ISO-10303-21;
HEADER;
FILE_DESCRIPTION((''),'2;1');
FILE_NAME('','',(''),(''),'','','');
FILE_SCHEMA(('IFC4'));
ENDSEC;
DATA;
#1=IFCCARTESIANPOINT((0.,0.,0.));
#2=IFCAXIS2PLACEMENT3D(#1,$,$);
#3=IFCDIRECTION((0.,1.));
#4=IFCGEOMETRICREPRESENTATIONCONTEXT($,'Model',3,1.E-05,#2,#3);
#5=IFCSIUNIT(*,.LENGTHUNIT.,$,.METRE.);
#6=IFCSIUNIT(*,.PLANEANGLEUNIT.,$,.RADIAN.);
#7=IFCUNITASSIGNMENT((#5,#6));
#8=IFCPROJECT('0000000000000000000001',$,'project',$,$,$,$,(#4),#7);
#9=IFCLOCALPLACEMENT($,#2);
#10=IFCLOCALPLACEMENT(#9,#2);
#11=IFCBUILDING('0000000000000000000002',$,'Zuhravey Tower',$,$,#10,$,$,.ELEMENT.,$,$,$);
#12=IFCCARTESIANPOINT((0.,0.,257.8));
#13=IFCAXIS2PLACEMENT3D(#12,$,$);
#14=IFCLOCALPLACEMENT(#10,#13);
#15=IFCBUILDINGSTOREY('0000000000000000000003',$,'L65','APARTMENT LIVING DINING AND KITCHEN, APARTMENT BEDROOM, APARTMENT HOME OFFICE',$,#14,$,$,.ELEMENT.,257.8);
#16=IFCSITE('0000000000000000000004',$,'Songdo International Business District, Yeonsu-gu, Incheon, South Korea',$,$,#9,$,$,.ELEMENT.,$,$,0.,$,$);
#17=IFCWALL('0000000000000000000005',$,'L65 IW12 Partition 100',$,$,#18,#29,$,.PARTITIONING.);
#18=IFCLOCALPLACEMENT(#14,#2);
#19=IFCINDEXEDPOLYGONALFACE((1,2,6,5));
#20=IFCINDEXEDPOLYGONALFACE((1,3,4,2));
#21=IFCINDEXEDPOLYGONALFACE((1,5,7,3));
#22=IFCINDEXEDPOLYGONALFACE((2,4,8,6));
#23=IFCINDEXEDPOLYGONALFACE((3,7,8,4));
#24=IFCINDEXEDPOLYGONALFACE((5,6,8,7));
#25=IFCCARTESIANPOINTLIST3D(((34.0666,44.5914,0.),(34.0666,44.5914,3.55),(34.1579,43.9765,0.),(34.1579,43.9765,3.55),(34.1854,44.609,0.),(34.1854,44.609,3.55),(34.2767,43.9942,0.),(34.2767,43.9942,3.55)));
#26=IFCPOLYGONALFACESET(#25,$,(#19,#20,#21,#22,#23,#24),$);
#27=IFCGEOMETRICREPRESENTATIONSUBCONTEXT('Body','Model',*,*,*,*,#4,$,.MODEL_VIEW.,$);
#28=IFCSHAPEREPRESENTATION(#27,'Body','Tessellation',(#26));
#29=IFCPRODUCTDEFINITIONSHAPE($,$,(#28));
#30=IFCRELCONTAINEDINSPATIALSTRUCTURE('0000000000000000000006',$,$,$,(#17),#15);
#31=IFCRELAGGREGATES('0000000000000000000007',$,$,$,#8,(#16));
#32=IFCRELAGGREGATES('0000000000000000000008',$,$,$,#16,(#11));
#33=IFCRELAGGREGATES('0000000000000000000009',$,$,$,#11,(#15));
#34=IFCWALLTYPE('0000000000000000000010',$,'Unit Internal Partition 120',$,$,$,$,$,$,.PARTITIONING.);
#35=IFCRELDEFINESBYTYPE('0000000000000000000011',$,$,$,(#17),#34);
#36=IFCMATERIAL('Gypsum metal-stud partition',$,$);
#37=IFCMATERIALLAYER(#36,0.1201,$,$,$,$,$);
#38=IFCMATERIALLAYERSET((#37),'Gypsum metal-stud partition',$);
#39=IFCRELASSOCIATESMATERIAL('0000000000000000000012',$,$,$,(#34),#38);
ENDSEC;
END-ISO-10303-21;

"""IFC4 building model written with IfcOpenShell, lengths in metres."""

from ifc_helpers import new_model, si_unit, direction, frame, frame_2d, origin, place, context, subcontext, project, spatial, rectangle, extrude, material, layer, layer_set, type_object, element, save


model = new_model("IFC4")

# Units and contexts
model_context = context("Model", 3, precision=1e-05, world=origin(), true_north=direction((0.0, 1.0)))
body_context = subcontext(model_context, "Body", "Model", "MODEL_VIEW")
ifc_project = project(units=[si_unit("LENGTHUNIT", "METRE"), si_unit("PLANEANGLEUNIT", "RADIAN")], contexts=[model_context])

# Site, building, storey
site_placement = place(None, origin())
site = spatial("IfcSite", under=ifc_project, at=site_placement, Name="Songdo International Business District, Yeonsu-gu, Incheon, South Korea", CompositionType="ELEMENT", RefElevation=0.0)
building_placement = place(site_placement, origin())
building = spatial("IfcBuilding", under=site, at=building_placement, Name="Zuhravey Tower", CompositionType="ELEMENT")
storey_placement = place(building_placement, frame((0.0, 0.0, 257.8)))
storey = spatial("IfcBuildingStorey", under=building, at=storey_placement, Name="L65", Description="APARTMENT LIVING DINING AND KITCHEN, APARTMENT BEDROOM, APARTMENT HOME OFFICE", CompositionType="ELEMENT", Elevation=257.8)

# Wall
ifc_material_1 = material(Name="Gypsum metal-stud partition")
ifc_layer_1 = layer(ifc_material_1, 0.1201)
ifc_layer_set_1 = layer_set([ifc_layer_1], Name="Gypsum metal-stud partition")
wall_type_1 = type_object("IfcWallType", Name="Unit Internal Partition 120", PredefinedType="PARTITIONING", material=ifc_layer_set_1)
wall_1_placement = place(storey_placement, frame((34.2173, 43.9854, 0.0), z_axis=(0.0, 0.0, 1.0), x_axis=(-0.146919, 0.989149, 0.0)))
element("IfcWall", 1, at=wall_1_placement, inside=storey, type_object=wall_type_1, Name="L65 IW12 Partition 100", PredefinedType="PARTITIONING", context=body_context, shape_type="SweptSolid", body=[
    extrude(rectangle(XDim=0.6216, YDim=0.1201, at=frame_2d((0.3108, 0.0))), origin(), (0.0, 0.0, 1.0), 3.55),
])

save(model, "model.ifc")
